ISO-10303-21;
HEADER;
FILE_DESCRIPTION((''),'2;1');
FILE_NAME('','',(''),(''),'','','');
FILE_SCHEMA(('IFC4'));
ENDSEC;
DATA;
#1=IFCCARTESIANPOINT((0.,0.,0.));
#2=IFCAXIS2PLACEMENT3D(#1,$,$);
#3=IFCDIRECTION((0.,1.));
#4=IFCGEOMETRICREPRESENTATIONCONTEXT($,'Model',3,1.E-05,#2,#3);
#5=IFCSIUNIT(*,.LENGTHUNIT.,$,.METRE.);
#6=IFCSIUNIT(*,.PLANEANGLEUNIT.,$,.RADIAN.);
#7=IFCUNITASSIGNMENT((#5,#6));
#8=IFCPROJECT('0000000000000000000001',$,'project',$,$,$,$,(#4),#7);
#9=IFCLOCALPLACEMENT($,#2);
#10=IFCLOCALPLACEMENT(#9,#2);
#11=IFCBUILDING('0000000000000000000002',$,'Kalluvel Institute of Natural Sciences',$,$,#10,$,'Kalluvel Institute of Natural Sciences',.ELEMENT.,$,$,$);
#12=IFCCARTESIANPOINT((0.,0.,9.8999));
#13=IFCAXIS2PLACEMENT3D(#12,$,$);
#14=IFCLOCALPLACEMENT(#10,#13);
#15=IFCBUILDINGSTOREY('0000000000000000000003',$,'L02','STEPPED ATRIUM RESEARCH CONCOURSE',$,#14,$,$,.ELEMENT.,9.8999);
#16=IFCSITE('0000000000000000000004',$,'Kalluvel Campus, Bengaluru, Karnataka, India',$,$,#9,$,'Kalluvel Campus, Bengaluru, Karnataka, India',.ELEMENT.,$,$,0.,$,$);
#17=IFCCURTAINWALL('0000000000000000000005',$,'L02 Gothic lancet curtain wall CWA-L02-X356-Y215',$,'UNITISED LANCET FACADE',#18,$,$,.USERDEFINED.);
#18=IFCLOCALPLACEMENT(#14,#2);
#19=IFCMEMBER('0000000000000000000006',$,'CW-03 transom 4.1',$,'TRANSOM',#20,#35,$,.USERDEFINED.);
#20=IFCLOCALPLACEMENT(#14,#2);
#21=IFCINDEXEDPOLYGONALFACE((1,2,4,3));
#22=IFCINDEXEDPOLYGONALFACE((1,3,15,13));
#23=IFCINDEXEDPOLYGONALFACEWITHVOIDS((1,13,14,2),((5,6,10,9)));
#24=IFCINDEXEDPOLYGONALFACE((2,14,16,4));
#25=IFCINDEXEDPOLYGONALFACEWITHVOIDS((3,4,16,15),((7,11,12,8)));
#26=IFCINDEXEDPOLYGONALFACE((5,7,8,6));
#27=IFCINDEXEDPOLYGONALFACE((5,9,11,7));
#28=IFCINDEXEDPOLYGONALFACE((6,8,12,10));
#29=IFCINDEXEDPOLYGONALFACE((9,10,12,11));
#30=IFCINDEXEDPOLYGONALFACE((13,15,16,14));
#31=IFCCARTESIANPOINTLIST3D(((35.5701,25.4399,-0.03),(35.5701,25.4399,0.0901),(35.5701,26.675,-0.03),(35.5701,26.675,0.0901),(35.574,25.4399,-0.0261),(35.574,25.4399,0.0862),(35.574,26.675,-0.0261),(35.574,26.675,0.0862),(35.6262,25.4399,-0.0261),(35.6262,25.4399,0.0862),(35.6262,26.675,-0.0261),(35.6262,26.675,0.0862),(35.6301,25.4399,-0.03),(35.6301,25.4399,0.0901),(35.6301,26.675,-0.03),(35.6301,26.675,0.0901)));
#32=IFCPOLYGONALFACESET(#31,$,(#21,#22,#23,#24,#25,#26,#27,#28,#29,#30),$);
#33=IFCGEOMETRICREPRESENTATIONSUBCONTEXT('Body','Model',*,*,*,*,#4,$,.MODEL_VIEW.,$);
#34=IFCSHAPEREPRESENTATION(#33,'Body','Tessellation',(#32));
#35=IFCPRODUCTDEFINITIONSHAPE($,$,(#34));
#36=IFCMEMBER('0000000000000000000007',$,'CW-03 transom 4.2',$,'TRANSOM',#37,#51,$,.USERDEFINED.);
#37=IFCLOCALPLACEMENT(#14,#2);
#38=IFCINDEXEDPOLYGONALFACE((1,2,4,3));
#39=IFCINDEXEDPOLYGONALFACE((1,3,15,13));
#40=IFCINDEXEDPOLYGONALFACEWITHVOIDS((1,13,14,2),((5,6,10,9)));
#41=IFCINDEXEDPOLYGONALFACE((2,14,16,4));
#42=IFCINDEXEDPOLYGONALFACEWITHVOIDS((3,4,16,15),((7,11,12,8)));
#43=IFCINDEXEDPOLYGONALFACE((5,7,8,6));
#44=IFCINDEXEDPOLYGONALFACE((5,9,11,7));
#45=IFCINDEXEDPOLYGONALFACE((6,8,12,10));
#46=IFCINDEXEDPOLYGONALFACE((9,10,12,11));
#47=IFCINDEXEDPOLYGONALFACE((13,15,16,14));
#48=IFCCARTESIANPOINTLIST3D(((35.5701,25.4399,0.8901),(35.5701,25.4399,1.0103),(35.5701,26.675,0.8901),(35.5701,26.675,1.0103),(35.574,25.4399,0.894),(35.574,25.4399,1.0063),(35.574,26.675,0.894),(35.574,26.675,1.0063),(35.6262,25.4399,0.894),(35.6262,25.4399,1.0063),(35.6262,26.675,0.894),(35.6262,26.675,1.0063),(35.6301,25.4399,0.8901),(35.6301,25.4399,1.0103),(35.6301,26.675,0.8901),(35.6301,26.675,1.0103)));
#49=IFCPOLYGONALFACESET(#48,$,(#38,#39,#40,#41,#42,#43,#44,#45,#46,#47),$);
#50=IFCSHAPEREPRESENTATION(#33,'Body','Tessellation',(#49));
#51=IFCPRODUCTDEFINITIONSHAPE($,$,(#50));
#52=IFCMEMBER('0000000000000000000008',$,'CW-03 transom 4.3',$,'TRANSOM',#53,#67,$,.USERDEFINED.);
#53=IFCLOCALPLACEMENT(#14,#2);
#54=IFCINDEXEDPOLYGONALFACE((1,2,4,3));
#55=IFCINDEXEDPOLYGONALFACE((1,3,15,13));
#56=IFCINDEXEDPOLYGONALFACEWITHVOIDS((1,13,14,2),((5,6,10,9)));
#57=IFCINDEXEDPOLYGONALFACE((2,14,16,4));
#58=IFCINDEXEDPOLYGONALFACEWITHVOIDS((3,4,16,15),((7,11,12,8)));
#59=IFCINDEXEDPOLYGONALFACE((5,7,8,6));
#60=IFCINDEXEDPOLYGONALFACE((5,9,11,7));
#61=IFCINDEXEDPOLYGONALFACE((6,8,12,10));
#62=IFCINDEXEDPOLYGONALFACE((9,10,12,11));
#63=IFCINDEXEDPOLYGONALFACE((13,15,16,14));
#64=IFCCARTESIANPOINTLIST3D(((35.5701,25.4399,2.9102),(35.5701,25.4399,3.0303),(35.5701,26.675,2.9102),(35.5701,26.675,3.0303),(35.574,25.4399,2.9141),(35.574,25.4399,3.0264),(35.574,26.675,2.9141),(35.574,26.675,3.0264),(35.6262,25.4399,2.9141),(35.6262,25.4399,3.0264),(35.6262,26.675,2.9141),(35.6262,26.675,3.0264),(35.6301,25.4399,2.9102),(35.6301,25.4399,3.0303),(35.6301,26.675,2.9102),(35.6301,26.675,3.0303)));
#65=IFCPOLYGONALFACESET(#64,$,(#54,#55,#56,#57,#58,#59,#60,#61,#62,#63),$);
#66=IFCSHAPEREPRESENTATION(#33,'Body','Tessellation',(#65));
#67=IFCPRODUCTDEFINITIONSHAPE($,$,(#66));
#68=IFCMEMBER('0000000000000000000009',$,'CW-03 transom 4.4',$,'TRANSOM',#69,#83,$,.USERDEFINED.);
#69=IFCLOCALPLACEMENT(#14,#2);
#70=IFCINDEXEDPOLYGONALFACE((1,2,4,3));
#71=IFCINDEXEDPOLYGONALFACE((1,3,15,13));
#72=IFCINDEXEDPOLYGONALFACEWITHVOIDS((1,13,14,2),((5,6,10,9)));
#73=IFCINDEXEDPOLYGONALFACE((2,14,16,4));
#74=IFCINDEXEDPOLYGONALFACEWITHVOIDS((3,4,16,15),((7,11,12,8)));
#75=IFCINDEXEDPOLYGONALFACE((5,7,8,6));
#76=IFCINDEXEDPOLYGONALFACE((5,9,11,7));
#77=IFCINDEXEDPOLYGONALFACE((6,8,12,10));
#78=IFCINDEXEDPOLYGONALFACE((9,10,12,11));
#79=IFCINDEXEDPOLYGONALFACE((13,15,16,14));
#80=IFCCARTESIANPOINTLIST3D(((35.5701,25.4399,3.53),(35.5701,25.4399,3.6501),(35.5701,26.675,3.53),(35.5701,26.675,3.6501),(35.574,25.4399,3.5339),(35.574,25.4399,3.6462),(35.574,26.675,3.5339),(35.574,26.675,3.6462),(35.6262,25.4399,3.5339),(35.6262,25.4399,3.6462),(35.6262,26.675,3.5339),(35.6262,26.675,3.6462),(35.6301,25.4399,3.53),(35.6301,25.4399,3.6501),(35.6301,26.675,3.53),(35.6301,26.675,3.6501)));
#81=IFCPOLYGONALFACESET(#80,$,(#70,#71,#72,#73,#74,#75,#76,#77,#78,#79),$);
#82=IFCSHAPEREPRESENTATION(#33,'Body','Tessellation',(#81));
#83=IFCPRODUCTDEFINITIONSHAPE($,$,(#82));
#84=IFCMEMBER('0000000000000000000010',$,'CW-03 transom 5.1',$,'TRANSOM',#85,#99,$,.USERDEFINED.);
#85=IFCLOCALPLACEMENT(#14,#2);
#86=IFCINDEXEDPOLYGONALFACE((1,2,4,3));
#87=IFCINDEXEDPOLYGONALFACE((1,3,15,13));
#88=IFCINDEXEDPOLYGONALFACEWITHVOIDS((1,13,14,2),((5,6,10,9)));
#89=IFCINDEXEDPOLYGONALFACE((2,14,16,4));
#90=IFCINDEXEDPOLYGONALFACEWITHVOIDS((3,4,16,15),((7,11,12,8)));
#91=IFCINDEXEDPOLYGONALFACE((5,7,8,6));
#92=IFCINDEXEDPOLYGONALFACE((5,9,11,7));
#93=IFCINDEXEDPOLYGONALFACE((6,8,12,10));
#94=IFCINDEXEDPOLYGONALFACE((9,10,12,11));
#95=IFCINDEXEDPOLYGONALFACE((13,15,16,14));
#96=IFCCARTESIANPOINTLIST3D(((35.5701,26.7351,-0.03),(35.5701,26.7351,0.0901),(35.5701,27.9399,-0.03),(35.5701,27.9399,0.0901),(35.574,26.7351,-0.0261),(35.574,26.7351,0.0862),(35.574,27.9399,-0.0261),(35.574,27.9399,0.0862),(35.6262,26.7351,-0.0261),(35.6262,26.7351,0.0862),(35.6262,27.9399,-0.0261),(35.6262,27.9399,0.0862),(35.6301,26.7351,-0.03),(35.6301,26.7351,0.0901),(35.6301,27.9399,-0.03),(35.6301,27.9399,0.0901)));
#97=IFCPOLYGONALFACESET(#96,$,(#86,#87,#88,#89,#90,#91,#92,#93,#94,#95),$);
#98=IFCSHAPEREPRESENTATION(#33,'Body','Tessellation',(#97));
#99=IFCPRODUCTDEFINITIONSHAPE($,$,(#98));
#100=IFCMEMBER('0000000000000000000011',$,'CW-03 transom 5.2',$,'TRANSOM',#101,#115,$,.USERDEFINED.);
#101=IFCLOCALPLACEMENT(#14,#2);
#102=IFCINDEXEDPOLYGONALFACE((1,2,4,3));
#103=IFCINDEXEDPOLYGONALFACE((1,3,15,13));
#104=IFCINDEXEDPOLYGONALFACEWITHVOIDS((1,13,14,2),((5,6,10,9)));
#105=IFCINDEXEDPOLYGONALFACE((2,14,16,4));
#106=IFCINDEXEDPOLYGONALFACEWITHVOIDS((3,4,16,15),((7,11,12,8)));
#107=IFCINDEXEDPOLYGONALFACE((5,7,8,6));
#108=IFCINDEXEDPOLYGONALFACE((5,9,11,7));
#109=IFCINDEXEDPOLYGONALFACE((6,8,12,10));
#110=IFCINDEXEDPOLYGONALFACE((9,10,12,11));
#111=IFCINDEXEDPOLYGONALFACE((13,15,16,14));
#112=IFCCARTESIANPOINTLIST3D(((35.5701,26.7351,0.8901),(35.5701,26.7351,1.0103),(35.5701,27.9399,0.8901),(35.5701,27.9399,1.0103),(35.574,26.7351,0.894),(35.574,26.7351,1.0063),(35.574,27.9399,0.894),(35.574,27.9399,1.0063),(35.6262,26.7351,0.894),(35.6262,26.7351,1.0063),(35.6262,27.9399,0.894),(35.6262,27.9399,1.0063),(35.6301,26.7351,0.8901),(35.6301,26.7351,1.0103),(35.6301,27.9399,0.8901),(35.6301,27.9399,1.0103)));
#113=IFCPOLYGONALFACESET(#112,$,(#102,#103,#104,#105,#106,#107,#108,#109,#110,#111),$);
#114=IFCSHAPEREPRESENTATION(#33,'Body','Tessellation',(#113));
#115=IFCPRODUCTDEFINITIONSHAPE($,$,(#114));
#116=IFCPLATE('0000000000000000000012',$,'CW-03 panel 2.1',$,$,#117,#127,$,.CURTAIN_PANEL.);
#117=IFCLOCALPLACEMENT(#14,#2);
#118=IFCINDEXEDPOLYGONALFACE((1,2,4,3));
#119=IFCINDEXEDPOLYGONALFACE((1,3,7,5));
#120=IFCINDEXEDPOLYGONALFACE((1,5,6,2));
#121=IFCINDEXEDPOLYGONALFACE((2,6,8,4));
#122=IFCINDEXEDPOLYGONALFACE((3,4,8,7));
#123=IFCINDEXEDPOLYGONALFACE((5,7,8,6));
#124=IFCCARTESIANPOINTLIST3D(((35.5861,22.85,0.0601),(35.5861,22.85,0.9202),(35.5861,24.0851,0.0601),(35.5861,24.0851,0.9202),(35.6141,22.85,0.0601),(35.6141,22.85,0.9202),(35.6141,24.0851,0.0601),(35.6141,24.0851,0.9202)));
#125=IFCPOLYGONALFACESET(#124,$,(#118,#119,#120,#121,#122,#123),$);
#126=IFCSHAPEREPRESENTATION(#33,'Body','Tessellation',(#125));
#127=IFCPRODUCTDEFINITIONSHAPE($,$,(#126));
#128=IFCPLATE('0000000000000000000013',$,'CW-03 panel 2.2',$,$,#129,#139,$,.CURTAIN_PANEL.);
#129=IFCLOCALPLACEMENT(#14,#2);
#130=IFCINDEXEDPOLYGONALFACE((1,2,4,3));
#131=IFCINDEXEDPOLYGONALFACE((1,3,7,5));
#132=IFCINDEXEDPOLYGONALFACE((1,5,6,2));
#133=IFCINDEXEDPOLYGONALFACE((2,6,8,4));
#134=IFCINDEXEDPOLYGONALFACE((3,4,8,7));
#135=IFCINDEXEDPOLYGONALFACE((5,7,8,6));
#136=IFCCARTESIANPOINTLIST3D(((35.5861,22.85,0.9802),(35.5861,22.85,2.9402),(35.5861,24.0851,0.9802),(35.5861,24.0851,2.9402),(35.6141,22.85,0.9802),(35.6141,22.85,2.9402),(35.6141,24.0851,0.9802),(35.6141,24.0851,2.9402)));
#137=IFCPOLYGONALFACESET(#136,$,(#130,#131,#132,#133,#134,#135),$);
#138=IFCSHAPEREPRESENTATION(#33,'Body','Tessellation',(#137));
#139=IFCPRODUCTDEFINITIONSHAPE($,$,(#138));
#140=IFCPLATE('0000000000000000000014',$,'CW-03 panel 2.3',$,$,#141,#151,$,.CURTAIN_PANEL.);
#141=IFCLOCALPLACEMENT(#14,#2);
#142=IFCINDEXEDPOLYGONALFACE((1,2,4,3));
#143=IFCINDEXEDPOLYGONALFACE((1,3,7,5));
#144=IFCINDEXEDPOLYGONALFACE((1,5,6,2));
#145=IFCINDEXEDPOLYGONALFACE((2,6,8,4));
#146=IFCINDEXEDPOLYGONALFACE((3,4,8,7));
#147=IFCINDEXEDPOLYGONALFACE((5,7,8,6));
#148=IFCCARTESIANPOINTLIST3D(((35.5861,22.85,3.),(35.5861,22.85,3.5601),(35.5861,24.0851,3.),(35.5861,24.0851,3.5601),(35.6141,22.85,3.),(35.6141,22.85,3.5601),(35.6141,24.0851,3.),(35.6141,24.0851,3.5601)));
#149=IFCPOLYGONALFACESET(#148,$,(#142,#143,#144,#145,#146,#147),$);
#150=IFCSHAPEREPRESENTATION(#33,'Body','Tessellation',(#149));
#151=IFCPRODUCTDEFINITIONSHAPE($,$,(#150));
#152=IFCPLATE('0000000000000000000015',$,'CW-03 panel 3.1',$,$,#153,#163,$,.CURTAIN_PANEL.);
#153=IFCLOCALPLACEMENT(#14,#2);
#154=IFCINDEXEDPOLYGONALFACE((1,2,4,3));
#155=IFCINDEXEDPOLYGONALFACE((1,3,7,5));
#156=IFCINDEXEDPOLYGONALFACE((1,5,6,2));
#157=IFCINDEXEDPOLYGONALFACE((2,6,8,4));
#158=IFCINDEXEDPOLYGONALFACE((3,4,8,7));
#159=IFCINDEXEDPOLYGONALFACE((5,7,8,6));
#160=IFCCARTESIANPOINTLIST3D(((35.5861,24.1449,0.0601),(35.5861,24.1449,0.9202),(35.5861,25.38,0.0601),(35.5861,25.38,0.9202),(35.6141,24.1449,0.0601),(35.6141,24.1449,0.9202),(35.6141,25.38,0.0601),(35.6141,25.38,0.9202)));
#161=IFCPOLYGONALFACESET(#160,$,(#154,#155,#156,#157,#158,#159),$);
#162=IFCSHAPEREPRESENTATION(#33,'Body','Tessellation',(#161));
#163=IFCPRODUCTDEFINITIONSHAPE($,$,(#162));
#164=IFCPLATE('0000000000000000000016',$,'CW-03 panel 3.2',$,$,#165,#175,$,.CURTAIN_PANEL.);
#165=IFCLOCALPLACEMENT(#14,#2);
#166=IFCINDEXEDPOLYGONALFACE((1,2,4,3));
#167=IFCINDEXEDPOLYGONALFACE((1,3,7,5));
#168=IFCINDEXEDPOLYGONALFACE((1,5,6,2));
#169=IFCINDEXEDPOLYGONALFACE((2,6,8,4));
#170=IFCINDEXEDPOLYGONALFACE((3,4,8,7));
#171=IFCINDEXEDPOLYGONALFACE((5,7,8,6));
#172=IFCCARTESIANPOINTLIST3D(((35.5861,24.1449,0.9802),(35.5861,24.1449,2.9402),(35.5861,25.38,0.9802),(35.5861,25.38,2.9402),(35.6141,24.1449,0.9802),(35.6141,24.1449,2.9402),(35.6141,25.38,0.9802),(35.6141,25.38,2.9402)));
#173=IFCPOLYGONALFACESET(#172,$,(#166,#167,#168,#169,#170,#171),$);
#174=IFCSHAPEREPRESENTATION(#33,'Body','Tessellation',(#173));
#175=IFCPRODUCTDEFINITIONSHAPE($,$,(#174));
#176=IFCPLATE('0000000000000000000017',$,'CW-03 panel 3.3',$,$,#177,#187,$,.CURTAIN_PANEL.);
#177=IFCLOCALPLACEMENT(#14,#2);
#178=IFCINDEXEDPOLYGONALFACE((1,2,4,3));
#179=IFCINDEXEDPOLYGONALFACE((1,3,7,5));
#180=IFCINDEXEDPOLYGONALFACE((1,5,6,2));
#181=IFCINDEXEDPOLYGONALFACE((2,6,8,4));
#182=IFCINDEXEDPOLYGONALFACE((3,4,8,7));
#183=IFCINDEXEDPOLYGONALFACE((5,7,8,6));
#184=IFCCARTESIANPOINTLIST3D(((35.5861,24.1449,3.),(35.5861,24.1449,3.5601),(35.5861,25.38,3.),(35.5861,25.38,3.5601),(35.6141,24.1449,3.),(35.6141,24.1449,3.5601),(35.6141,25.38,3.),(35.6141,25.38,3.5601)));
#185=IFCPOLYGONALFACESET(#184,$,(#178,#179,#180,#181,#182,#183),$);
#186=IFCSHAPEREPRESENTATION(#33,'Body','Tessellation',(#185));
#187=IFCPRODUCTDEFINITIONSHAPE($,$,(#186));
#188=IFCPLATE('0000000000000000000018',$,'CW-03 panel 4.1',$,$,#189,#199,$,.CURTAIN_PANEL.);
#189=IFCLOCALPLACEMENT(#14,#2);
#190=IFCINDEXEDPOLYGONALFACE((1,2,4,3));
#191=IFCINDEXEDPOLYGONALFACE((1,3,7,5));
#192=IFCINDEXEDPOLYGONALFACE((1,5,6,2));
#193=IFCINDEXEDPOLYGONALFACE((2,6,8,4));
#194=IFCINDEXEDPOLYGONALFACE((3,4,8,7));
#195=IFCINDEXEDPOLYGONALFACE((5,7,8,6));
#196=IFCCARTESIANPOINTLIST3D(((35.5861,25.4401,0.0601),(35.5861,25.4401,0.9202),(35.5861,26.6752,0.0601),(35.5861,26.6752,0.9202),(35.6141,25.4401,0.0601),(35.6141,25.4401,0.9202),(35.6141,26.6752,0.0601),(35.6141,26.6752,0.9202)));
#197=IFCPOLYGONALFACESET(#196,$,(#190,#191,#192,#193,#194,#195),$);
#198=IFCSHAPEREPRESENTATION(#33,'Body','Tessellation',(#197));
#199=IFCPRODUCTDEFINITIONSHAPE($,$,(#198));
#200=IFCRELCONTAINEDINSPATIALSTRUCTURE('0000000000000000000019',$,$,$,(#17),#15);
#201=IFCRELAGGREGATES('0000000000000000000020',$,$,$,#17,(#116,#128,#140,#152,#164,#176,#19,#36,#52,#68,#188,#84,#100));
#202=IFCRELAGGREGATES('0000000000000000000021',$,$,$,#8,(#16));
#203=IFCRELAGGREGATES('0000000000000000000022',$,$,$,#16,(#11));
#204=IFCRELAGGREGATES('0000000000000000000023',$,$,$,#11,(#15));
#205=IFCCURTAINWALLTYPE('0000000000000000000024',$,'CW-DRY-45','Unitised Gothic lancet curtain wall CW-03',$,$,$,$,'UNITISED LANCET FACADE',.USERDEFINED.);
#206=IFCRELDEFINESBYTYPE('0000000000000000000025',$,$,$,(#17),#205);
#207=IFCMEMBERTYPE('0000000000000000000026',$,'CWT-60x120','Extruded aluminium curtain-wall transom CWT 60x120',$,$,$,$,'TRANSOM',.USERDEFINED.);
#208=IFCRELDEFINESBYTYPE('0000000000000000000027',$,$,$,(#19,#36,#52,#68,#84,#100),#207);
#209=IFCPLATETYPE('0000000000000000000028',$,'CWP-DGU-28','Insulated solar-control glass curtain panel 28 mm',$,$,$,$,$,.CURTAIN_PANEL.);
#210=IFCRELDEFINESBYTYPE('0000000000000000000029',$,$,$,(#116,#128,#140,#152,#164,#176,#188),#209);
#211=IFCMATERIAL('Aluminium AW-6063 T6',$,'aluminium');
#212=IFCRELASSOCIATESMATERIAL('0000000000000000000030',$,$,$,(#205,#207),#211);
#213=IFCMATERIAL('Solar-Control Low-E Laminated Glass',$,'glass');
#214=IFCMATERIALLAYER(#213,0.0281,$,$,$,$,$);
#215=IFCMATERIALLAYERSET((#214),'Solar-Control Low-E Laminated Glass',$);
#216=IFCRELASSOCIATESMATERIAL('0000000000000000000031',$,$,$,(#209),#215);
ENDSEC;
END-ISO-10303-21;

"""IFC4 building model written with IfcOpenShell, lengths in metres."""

from ifc_helpers import new_model, si_unit, direction, frame, origin, origin_2d, place, context, subcontext, project, spatial, rectangle, hollow_rectangle, extrude, material, layer, layer_set, material_profile, profile_set, type_object, element, aggregate, save


model = new_model("IFC4")

# Units and contexts
model_context = context("Model", 3, precision=1e-05, world=origin(), true_north=direction((0.0, 1.0)))
body_context = subcontext(model_context, "Body", "Model", "MODEL_VIEW")
ifc_project = project(units=[si_unit("LENGTHUNIT", "METRE"), si_unit("PLANEANGLEUNIT", "RADIAN")], contexts=[model_context])

# Site, building, storey
site_placement = place(None, origin())
site = spatial("IfcSite", under=ifc_project, at=site_placement, Name="Kalluvel Campus, Bengaluru, Karnataka, India", LongName="Kalluvel Campus, Bengaluru, Karnataka, India", CompositionType="ELEMENT", RefElevation=0.0)
building_placement = place(site_placement, origin())
building = spatial("IfcBuilding", under=site, at=building_placement, Name="Kalluvel Institute of Natural Sciences", LongName="Kalluvel Institute of Natural Sciences", CompositionType="ELEMENT")
storey_placement = place(building_placement, frame((0.0, 0.0, 9.8999)))
storey = spatial("IfcBuildingStorey", under=building, at=storey_placement, Name="L02", Description="STEPPED ATRIUM RESEARCH CONCOURSE", CompositionType="ELEMENT", Elevation=9.8999)

# Curtain wall, members, plates
ifc_material_1 = material(Name="Aluminium AW-6063 T6", Category="aluminium")
curtain_wall_type = type_object("IfcCurtainWallType", Name="CW-DRY-45", Description="Unitised Gothic lancet curtain wall CW-03", ElementType="UNITISED LANCET FACADE", PredefinedType="USERDEFINED", material=ifc_material_1)
curtain_wall_placement = place(storey_placement, origin())
curtain_wall = element("IfcCurtainWall", 1, at=curtain_wall_placement, inside=storey, type_object=curtain_wall_type, Name="L02 Gothic lancet curtain wall CWA-L02-X356-Y215", ObjectType="UNITISED LANCET FACADE", PredefinedType="USERDEFINED")
ifc_material_profile_1 = material_profile(ifc_material_1, hollow_rectangle(XDim=0.0601, YDim=0.1201, WallThickness=0.0039, at=origin_2d()), Name="CWT 60x120")
ifc_profile_set_1 = profile_set([ifc_material_profile_1], Name="Aluminium AW-6063 T6")
member_type_1 = type_object("IfcMemberType", Name="CWT-60x120", Description="Extruded aluminium curtain-wall transom CWT 60x120", ElementType="TRANSOM", PredefinedType="USERDEFINED", material=ifc_profile_set_1)
member_1_placement = place(storey_placement, frame((35.6001, 25.4399, 0.03), z_axis=(0.0, 1.0, 0.0), x_axis=(-1.0, 0.0, 0.0)))
member_1 = element("IfcMember", 2, at=member_1_placement, type_object=member_type_1, Name="CW-03 transom 4.1", ObjectType="TRANSOM", PredefinedType="USERDEFINED", context=body_context, shape_type="SweptSolid", body=[
    extrude(hollow_rectangle(XDim=0.0601, YDim=0.1201, WallThickness=0.0039, at=origin_2d()), origin(), (0.0, 0.0, 1.0), 1.2351),
])
member_2_placement = place(storey_placement, frame((35.6001, 25.4399, 0.9502), z_axis=(0.0, 1.0, 0.0), x_axis=(-1.0, 0.0, 0.0)))
member_2 = element("IfcMember", 3, at=member_2_placement, type_object=member_type_1, Name="CW-03 transom 4.2", ObjectType="TRANSOM", PredefinedType="USERDEFINED", context=body_context, shape_type="SweptSolid", body=[
    extrude(hollow_rectangle(XDim=0.0601, YDim=0.1201, WallThickness=0.0039, at=origin_2d()), origin(), (0.0, 0.0, 1.0), 1.2351),
])
member_3_placement = place(storey_placement, frame((35.6001, 25.4399, 2.9702), z_axis=(0.0, 1.0, 0.0), x_axis=(-1.0, 0.0, 0.0)))
member_3 = element("IfcMember", 4, at=member_3_placement, type_object=member_type_1, Name="CW-03 transom 4.3", ObjectType="TRANSOM", PredefinedType="USERDEFINED", context=body_context, shape_type="SweptSolid", body=[
    extrude(hollow_rectangle(XDim=0.0601, YDim=0.1201, WallThickness=0.0039, at=origin_2d()), origin(), (0.0, 0.0, 1.0), 1.2351),
])
member_4_placement = place(storey_placement, frame((35.6001, 25.4399, 3.5901), z_axis=(0.0, 1.0, 0.0), x_axis=(-1.0, 0.0, 0.0)))
member_4 = element("IfcMember", 5, at=member_4_placement, type_object=member_type_1, Name="CW-03 transom 4.4", ObjectType="TRANSOM", PredefinedType="USERDEFINED", context=body_context, shape_type="SweptSolid", body=[
    extrude(hollow_rectangle(XDim=0.0601, YDim=0.1201, WallThickness=0.0039, at=origin_2d()), origin(), (0.0, 0.0, 1.0), 1.2351),
])
member_5_placement = place(storey_placement, frame((35.6001, 26.7351, 0.03), z_axis=(0.0, 1.0, 0.0), x_axis=(-1.0, 0.0, 0.0)))
member_5 = element("IfcMember", 6, at=member_5_placement, type_object=member_type_1, Name="CW-03 transom 5.1", ObjectType="TRANSOM", PredefinedType="USERDEFINED", context=body_context, shape_type="SweptSolid", body=[
    extrude(hollow_rectangle(XDim=0.0601, YDim=0.1201, WallThickness=0.0039, at=origin_2d()), origin(), (0.0, 0.0, 1.0), 1.2048),
])
member_6_placement = place(storey_placement, frame((35.6001, 26.7351, 0.9502), z_axis=(0.0, 1.0, 0.0), x_axis=(-1.0, 0.0, 0.0)))
member_6 = element("IfcMember", 7, at=member_6_placement, type_object=member_type_1, Name="CW-03 transom 5.2", ObjectType="TRANSOM", PredefinedType="USERDEFINED", context=body_context, shape_type="SweptSolid", body=[
    extrude(hollow_rectangle(XDim=0.0601, YDim=0.1201, WallThickness=0.0039, at=origin_2d()), origin(), (0.0, 0.0, 1.0), 1.2048),
])
ifc_material_2 = material(Name="Solar-Control Low-E Laminated Glass", Category="glass")
ifc_layer = layer(ifc_material_2, 0.0281)
ifc_layer_set = layer_set([ifc_layer], Name="Solar-Control Low-E Laminated Glass")
plate_type = type_object("IfcPlateType", Name="CWP-DGU-28", Description="Insulated solar-control glass curtain panel 28 mm", PredefinedType="CURTAIN_PANEL", material=ifc_layer_set)
plate_1_placement = place(storey_placement, frame((35.6001, 23.4675, 0.0601), z_axis=(0.0, 0.0, 1.0), x_axis=(0.0, 1.0, 0.0)))
plate_1 = element("IfcPlate", 8, at=plate_1_placement, type_object=plate_type, Name="CW-03 panel 2.1", PredefinedType="CURTAIN_PANEL", context=body_context, shape_type="SweptSolid", body=[
    extrude(rectangle(XDim=1.2351, YDim=0.0281, at=origin_2d()), origin(), (0.0, 0.0, 1.0), 0.8601),
])
plate_2_placement = place(storey_placement, frame((35.6001, 23.4675, 0.9802), z_axis=(0.0, 0.0, 1.0), x_axis=(0.0, 1.0, 0.0)))
plate_2 = element("IfcPlate", 9, at=plate_2_placement, type_object=plate_type, Name="CW-03 panel 2.2", PredefinedType="CURTAIN_PANEL", context=body_context, shape_type="SweptSolid", body=[
    extrude(rectangle(XDim=1.2351, YDim=0.0281, at=origin_2d()), origin(), (0.0, 0.0, 1.0), 1.96),
])
plate_3_placement = place(storey_placement, frame((35.6001, 23.4675, 3.0), z_axis=(0.0, 0.0, 1.0), x_axis=(0.0, 1.0, 0.0)))
plate_3 = element("IfcPlate", 10, at=plate_3_placement, type_object=plate_type, Name="CW-03 panel 2.3", PredefinedType="CURTAIN_PANEL", context=body_context, shape_type="SweptSolid", body=[
    extrude(rectangle(XDim=1.2351, YDim=0.0281, at=origin_2d()), origin(), (0.0, 0.0, 1.0), 0.5601),
])
plate_4_placement = place(storey_placement, frame((35.6001, 24.7625, 0.0601), z_axis=(0.0, 0.0, 1.0), x_axis=(0.0, 1.0, 0.0)))
plate_4 = element("IfcPlate", 11, at=plate_4_placement, type_object=plate_type, Name="CW-03 panel 3.1", PredefinedType="CURTAIN_PANEL", context=body_context, shape_type="SweptSolid", body=[
    extrude(rectangle(XDim=1.2351, YDim=0.0281, at=origin_2d()), origin(), (0.0, 0.0, 1.0), 0.8601),
])
plate_5_placement = place(storey_placement, frame((35.6001, 24.7625, 0.9802), z_axis=(0.0, 0.0, 1.0), x_axis=(0.0, 1.0, 0.0)))
plate_5 = element("IfcPlate", 12, at=plate_5_placement, type_object=plate_type, Name="CW-03 panel 3.2", PredefinedType="CURTAIN_PANEL", context=body_context, shape_type="SweptSolid", body=[
    extrude(rectangle(XDim=1.2351, YDim=0.0281, at=origin_2d()), origin(), (0.0, 0.0, 1.0), 1.96),
])
plate_6_placement = place(storey_placement, frame((35.6001, 24.7625, 3.0), z_axis=(0.0, 0.0, 1.0), x_axis=(0.0, 1.0, 0.0)))
plate_6 = element("IfcPlate", 13, at=plate_6_placement, type_object=plate_type, Name="CW-03 panel 3.3", PredefinedType="CURTAIN_PANEL", context=body_context, shape_type="SweptSolid", body=[
    extrude(rectangle(XDim=1.2351, YDim=0.0281, at=origin_2d()), origin(), (0.0, 0.0, 1.0), 0.5601),
])
plate_7_placement = place(storey_placement, frame((35.6001, 26.0576, 0.0601), z_axis=(0.0, 0.0, 1.0), x_axis=(0.0, 1.0, 0.0)))
plate_7 = element("IfcPlate", 14, at=plate_7_placement, type_object=plate_type, Name="CW-03 panel 4.1", PredefinedType="CURTAIN_PANEL", context=body_context, shape_type="SweptSolid", body=[
    extrude(rectangle(XDim=1.2351, YDim=0.0281, at=origin_2d()), origin(), (0.0, 0.0, 1.0), 0.8601),
])
aggregate(curtain_wall, [plate_1, plate_2, plate_3, plate_4, plate_5, plate_6, member_1, member_2, member_3, member_4, plate_7, member_5, member_6])

save(model, "model.ifc")
